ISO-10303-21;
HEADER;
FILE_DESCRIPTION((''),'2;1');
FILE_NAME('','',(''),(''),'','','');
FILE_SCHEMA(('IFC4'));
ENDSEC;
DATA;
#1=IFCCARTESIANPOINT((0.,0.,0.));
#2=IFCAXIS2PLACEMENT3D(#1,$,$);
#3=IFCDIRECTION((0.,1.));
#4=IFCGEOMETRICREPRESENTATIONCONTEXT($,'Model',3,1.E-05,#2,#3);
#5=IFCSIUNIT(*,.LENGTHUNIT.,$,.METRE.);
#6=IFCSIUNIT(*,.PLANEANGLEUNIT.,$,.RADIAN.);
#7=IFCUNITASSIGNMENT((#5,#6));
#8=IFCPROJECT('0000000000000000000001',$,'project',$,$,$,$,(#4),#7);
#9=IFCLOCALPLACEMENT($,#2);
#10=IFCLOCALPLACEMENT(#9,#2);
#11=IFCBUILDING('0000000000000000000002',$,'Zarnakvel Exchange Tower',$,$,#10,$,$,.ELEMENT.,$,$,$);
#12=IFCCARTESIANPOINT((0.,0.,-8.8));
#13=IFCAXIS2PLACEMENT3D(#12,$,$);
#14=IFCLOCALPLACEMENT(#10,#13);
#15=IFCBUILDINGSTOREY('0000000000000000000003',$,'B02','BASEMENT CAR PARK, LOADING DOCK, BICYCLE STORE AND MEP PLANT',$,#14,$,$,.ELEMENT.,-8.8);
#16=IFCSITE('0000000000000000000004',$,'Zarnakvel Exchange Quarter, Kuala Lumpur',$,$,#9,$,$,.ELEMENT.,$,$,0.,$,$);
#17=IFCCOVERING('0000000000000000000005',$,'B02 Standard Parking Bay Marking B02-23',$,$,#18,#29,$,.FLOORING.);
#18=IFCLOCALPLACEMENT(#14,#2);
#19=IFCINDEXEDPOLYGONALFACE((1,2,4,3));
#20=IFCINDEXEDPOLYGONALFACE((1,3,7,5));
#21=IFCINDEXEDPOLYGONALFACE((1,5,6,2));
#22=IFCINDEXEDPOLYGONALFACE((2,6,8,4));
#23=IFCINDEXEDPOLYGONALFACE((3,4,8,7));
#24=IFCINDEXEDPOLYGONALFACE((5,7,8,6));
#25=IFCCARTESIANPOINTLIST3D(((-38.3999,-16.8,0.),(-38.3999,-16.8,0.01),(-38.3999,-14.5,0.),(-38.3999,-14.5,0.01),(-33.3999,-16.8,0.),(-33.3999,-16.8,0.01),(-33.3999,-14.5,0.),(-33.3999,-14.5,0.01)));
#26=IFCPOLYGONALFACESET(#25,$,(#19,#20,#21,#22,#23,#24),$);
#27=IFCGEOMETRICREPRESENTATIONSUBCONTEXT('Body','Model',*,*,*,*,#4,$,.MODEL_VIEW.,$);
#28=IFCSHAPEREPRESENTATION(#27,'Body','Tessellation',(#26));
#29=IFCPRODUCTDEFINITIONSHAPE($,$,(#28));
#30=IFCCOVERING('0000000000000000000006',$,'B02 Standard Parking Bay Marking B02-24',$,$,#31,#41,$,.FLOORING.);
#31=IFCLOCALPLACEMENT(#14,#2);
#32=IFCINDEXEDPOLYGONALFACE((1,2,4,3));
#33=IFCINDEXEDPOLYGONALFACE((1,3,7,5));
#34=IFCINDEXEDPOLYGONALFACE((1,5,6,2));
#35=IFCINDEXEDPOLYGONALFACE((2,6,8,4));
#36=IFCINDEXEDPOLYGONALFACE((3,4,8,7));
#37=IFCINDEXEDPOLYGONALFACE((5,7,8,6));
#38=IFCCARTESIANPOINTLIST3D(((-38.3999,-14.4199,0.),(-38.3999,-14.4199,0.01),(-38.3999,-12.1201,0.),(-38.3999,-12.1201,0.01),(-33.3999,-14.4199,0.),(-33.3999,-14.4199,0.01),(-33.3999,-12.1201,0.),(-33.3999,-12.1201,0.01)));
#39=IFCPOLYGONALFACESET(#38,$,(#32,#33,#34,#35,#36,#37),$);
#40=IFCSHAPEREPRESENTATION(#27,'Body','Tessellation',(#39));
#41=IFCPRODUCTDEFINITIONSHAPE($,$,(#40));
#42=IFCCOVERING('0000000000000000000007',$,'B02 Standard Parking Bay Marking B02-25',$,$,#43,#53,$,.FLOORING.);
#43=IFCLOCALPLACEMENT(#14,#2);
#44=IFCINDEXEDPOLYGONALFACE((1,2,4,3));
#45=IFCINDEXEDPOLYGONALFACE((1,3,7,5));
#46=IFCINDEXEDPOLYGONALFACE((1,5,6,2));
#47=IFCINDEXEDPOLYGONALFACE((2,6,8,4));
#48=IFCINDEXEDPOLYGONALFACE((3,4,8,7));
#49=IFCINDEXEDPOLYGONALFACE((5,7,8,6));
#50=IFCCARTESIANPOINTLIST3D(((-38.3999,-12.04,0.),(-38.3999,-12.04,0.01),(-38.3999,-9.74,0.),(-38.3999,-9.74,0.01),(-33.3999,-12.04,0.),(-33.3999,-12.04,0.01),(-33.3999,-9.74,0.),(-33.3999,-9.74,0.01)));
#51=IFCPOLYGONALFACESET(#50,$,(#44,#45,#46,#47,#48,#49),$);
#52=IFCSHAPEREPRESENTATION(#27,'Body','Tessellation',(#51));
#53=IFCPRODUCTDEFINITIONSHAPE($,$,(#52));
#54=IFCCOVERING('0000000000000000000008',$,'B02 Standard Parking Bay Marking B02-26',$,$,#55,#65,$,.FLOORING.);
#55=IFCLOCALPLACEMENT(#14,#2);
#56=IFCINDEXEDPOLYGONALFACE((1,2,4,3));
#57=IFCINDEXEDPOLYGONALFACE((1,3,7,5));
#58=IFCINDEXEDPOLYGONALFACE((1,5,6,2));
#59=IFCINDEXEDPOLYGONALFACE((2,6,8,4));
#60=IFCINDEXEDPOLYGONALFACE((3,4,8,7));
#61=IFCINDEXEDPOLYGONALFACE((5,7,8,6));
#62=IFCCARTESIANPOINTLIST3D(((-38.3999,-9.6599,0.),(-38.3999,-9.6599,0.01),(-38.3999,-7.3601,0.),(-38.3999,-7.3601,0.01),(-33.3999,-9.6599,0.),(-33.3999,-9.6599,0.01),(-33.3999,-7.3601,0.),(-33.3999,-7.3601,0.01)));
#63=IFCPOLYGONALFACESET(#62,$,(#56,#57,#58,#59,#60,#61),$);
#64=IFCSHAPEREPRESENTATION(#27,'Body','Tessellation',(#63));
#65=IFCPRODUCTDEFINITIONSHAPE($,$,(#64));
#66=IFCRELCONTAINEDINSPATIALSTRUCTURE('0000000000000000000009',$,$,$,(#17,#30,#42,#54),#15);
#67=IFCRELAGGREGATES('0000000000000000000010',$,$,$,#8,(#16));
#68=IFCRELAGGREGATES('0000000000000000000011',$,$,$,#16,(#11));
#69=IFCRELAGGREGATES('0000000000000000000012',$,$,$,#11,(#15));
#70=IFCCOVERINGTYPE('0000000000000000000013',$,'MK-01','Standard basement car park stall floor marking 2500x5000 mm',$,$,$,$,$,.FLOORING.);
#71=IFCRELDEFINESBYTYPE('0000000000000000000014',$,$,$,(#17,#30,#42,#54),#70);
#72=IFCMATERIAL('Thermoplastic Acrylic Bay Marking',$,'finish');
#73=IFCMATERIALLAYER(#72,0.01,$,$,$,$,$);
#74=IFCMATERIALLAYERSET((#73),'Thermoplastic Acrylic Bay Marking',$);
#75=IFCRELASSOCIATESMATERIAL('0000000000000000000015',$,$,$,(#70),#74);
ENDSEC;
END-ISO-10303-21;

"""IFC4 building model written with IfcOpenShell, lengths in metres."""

from ifc_helpers import new_model, si_unit, direction, frame, origin, place, context, subcontext, project, spatial, polyline, outline, extrude, material, layer, layer_set, type_object, element, save


model = new_model("IFC4")

# Units and contexts
model_context = context("Model", 3, precision=1e-05, world=origin(), true_north=direction((0.0, 1.0)))
body_context = subcontext(model_context, "Body", "Model", "MODEL_VIEW")
ifc_project = project(units=[si_unit("LENGTHUNIT", "METRE"), si_unit("PLANEANGLEUNIT", "RADIAN")], contexts=[model_context])

# Site, building, storey
site_placement = place(None, origin())
site = spatial("IfcSite", under=ifc_project, at=site_placement, Name="Zarnakvel Exchange Quarter, Kuala Lumpur", CompositionType="ELEMENT", RefElevation=0.0)
building_placement = place(site_placement, origin())
building = spatial("IfcBuilding", under=site, at=building_placement, Name="Zarnakvel Exchange Tower", CompositionType="ELEMENT")
storey_placement = place(building_placement, frame((0.0, 0.0, -8.8)))
storey = spatial("IfcBuildingStorey", under=building, at=storey_placement, Name="B02", Description="BASEMENT CAR PARK, LOADING DOCK, BICYCLE STORE AND MEP PLANT", CompositionType="ELEMENT", Elevation=-8.8)

# Coverings
ifc_material_1 = material(Name="Thermoplastic Acrylic Bay Marking", Category="finish")
ifc_layer_1 = layer(ifc_material_1, 0.01)
ifc_layer_set_1 = layer_set([ifc_layer_1], Name="Thermoplastic Acrylic Bay Marking")
covering_type = type_object("IfcCoveringType", Name="MK-01", Description="Standard basement car park stall floor marking 2500x5000 mm", PredefinedType="FLOORING", material=ifc_layer_set_1)
covering_1_placement = place(storey_placement, origin())
element("IfcCovering", 1, at=covering_1_placement, inside=storey, type_object=covering_type, Name="B02 Standard Parking Bay Marking B02-23", PredefinedType="FLOORING", context=body_context, shape_type="SweptSolid", body=[
    extrude(outline(polyline([(-38.3999, -16.8), (-33.3999, -16.8), (-33.3999, -14.5), (-38.3999, -14.5), (-38.3999, -16.8)])), origin(), (0.0, 0.0, 1.0), 0.01),
])
covering_2_placement = place(storey_placement, origin())
element("IfcCovering", 2, at=covering_2_placement, inside=storey, type_object=covering_type, Name="B02 Standard Parking Bay Marking B02-24", PredefinedType="FLOORING", context=body_context, shape_type="SweptSolid", body=[
    extrude(outline(polyline([(-38.3999, -14.4199), (-33.3999, -14.4199), (-33.3999, -12.1201), (-38.3999, -12.1201), (-38.3999, -14.4199)])), origin(), (0.0, 0.0, 1.0), 0.01),
])
covering_3_placement = place(storey_placement, origin())
element("IfcCovering", 3, at=covering_3_placement, inside=storey, type_object=covering_type, Name="B02 Standard Parking Bay Marking B02-25", PredefinedType="FLOORING", context=body_context, shape_type="SweptSolid", body=[
    extrude(outline(polyline([(-38.3999, -12.04), (-33.3999, -12.04), (-33.3999, -9.74), (-38.3999, -9.74), (-38.3999, -12.04)])), origin(), (0.0, 0.0, 1.0), 0.01),
])
covering_4_placement = place(storey_placement, origin())
element("IfcCovering", 4, at=covering_4_placement, inside=storey, type_object=covering_type, Name="B02 Standard Parking Bay Marking B02-26", PredefinedType="FLOORING", context=body_context, shape_type="SweptSolid", body=[
    extrude(outline(polyline([(-38.3999, -9.6599), (-33.3999, -9.6599), (-33.3999, -7.3601), (-38.3999, -7.3601), (-38.3999, -9.6599)])), origin(), (0.0, 0.0, 1.0), 0.01),
])

save(model, "model.ifc")
